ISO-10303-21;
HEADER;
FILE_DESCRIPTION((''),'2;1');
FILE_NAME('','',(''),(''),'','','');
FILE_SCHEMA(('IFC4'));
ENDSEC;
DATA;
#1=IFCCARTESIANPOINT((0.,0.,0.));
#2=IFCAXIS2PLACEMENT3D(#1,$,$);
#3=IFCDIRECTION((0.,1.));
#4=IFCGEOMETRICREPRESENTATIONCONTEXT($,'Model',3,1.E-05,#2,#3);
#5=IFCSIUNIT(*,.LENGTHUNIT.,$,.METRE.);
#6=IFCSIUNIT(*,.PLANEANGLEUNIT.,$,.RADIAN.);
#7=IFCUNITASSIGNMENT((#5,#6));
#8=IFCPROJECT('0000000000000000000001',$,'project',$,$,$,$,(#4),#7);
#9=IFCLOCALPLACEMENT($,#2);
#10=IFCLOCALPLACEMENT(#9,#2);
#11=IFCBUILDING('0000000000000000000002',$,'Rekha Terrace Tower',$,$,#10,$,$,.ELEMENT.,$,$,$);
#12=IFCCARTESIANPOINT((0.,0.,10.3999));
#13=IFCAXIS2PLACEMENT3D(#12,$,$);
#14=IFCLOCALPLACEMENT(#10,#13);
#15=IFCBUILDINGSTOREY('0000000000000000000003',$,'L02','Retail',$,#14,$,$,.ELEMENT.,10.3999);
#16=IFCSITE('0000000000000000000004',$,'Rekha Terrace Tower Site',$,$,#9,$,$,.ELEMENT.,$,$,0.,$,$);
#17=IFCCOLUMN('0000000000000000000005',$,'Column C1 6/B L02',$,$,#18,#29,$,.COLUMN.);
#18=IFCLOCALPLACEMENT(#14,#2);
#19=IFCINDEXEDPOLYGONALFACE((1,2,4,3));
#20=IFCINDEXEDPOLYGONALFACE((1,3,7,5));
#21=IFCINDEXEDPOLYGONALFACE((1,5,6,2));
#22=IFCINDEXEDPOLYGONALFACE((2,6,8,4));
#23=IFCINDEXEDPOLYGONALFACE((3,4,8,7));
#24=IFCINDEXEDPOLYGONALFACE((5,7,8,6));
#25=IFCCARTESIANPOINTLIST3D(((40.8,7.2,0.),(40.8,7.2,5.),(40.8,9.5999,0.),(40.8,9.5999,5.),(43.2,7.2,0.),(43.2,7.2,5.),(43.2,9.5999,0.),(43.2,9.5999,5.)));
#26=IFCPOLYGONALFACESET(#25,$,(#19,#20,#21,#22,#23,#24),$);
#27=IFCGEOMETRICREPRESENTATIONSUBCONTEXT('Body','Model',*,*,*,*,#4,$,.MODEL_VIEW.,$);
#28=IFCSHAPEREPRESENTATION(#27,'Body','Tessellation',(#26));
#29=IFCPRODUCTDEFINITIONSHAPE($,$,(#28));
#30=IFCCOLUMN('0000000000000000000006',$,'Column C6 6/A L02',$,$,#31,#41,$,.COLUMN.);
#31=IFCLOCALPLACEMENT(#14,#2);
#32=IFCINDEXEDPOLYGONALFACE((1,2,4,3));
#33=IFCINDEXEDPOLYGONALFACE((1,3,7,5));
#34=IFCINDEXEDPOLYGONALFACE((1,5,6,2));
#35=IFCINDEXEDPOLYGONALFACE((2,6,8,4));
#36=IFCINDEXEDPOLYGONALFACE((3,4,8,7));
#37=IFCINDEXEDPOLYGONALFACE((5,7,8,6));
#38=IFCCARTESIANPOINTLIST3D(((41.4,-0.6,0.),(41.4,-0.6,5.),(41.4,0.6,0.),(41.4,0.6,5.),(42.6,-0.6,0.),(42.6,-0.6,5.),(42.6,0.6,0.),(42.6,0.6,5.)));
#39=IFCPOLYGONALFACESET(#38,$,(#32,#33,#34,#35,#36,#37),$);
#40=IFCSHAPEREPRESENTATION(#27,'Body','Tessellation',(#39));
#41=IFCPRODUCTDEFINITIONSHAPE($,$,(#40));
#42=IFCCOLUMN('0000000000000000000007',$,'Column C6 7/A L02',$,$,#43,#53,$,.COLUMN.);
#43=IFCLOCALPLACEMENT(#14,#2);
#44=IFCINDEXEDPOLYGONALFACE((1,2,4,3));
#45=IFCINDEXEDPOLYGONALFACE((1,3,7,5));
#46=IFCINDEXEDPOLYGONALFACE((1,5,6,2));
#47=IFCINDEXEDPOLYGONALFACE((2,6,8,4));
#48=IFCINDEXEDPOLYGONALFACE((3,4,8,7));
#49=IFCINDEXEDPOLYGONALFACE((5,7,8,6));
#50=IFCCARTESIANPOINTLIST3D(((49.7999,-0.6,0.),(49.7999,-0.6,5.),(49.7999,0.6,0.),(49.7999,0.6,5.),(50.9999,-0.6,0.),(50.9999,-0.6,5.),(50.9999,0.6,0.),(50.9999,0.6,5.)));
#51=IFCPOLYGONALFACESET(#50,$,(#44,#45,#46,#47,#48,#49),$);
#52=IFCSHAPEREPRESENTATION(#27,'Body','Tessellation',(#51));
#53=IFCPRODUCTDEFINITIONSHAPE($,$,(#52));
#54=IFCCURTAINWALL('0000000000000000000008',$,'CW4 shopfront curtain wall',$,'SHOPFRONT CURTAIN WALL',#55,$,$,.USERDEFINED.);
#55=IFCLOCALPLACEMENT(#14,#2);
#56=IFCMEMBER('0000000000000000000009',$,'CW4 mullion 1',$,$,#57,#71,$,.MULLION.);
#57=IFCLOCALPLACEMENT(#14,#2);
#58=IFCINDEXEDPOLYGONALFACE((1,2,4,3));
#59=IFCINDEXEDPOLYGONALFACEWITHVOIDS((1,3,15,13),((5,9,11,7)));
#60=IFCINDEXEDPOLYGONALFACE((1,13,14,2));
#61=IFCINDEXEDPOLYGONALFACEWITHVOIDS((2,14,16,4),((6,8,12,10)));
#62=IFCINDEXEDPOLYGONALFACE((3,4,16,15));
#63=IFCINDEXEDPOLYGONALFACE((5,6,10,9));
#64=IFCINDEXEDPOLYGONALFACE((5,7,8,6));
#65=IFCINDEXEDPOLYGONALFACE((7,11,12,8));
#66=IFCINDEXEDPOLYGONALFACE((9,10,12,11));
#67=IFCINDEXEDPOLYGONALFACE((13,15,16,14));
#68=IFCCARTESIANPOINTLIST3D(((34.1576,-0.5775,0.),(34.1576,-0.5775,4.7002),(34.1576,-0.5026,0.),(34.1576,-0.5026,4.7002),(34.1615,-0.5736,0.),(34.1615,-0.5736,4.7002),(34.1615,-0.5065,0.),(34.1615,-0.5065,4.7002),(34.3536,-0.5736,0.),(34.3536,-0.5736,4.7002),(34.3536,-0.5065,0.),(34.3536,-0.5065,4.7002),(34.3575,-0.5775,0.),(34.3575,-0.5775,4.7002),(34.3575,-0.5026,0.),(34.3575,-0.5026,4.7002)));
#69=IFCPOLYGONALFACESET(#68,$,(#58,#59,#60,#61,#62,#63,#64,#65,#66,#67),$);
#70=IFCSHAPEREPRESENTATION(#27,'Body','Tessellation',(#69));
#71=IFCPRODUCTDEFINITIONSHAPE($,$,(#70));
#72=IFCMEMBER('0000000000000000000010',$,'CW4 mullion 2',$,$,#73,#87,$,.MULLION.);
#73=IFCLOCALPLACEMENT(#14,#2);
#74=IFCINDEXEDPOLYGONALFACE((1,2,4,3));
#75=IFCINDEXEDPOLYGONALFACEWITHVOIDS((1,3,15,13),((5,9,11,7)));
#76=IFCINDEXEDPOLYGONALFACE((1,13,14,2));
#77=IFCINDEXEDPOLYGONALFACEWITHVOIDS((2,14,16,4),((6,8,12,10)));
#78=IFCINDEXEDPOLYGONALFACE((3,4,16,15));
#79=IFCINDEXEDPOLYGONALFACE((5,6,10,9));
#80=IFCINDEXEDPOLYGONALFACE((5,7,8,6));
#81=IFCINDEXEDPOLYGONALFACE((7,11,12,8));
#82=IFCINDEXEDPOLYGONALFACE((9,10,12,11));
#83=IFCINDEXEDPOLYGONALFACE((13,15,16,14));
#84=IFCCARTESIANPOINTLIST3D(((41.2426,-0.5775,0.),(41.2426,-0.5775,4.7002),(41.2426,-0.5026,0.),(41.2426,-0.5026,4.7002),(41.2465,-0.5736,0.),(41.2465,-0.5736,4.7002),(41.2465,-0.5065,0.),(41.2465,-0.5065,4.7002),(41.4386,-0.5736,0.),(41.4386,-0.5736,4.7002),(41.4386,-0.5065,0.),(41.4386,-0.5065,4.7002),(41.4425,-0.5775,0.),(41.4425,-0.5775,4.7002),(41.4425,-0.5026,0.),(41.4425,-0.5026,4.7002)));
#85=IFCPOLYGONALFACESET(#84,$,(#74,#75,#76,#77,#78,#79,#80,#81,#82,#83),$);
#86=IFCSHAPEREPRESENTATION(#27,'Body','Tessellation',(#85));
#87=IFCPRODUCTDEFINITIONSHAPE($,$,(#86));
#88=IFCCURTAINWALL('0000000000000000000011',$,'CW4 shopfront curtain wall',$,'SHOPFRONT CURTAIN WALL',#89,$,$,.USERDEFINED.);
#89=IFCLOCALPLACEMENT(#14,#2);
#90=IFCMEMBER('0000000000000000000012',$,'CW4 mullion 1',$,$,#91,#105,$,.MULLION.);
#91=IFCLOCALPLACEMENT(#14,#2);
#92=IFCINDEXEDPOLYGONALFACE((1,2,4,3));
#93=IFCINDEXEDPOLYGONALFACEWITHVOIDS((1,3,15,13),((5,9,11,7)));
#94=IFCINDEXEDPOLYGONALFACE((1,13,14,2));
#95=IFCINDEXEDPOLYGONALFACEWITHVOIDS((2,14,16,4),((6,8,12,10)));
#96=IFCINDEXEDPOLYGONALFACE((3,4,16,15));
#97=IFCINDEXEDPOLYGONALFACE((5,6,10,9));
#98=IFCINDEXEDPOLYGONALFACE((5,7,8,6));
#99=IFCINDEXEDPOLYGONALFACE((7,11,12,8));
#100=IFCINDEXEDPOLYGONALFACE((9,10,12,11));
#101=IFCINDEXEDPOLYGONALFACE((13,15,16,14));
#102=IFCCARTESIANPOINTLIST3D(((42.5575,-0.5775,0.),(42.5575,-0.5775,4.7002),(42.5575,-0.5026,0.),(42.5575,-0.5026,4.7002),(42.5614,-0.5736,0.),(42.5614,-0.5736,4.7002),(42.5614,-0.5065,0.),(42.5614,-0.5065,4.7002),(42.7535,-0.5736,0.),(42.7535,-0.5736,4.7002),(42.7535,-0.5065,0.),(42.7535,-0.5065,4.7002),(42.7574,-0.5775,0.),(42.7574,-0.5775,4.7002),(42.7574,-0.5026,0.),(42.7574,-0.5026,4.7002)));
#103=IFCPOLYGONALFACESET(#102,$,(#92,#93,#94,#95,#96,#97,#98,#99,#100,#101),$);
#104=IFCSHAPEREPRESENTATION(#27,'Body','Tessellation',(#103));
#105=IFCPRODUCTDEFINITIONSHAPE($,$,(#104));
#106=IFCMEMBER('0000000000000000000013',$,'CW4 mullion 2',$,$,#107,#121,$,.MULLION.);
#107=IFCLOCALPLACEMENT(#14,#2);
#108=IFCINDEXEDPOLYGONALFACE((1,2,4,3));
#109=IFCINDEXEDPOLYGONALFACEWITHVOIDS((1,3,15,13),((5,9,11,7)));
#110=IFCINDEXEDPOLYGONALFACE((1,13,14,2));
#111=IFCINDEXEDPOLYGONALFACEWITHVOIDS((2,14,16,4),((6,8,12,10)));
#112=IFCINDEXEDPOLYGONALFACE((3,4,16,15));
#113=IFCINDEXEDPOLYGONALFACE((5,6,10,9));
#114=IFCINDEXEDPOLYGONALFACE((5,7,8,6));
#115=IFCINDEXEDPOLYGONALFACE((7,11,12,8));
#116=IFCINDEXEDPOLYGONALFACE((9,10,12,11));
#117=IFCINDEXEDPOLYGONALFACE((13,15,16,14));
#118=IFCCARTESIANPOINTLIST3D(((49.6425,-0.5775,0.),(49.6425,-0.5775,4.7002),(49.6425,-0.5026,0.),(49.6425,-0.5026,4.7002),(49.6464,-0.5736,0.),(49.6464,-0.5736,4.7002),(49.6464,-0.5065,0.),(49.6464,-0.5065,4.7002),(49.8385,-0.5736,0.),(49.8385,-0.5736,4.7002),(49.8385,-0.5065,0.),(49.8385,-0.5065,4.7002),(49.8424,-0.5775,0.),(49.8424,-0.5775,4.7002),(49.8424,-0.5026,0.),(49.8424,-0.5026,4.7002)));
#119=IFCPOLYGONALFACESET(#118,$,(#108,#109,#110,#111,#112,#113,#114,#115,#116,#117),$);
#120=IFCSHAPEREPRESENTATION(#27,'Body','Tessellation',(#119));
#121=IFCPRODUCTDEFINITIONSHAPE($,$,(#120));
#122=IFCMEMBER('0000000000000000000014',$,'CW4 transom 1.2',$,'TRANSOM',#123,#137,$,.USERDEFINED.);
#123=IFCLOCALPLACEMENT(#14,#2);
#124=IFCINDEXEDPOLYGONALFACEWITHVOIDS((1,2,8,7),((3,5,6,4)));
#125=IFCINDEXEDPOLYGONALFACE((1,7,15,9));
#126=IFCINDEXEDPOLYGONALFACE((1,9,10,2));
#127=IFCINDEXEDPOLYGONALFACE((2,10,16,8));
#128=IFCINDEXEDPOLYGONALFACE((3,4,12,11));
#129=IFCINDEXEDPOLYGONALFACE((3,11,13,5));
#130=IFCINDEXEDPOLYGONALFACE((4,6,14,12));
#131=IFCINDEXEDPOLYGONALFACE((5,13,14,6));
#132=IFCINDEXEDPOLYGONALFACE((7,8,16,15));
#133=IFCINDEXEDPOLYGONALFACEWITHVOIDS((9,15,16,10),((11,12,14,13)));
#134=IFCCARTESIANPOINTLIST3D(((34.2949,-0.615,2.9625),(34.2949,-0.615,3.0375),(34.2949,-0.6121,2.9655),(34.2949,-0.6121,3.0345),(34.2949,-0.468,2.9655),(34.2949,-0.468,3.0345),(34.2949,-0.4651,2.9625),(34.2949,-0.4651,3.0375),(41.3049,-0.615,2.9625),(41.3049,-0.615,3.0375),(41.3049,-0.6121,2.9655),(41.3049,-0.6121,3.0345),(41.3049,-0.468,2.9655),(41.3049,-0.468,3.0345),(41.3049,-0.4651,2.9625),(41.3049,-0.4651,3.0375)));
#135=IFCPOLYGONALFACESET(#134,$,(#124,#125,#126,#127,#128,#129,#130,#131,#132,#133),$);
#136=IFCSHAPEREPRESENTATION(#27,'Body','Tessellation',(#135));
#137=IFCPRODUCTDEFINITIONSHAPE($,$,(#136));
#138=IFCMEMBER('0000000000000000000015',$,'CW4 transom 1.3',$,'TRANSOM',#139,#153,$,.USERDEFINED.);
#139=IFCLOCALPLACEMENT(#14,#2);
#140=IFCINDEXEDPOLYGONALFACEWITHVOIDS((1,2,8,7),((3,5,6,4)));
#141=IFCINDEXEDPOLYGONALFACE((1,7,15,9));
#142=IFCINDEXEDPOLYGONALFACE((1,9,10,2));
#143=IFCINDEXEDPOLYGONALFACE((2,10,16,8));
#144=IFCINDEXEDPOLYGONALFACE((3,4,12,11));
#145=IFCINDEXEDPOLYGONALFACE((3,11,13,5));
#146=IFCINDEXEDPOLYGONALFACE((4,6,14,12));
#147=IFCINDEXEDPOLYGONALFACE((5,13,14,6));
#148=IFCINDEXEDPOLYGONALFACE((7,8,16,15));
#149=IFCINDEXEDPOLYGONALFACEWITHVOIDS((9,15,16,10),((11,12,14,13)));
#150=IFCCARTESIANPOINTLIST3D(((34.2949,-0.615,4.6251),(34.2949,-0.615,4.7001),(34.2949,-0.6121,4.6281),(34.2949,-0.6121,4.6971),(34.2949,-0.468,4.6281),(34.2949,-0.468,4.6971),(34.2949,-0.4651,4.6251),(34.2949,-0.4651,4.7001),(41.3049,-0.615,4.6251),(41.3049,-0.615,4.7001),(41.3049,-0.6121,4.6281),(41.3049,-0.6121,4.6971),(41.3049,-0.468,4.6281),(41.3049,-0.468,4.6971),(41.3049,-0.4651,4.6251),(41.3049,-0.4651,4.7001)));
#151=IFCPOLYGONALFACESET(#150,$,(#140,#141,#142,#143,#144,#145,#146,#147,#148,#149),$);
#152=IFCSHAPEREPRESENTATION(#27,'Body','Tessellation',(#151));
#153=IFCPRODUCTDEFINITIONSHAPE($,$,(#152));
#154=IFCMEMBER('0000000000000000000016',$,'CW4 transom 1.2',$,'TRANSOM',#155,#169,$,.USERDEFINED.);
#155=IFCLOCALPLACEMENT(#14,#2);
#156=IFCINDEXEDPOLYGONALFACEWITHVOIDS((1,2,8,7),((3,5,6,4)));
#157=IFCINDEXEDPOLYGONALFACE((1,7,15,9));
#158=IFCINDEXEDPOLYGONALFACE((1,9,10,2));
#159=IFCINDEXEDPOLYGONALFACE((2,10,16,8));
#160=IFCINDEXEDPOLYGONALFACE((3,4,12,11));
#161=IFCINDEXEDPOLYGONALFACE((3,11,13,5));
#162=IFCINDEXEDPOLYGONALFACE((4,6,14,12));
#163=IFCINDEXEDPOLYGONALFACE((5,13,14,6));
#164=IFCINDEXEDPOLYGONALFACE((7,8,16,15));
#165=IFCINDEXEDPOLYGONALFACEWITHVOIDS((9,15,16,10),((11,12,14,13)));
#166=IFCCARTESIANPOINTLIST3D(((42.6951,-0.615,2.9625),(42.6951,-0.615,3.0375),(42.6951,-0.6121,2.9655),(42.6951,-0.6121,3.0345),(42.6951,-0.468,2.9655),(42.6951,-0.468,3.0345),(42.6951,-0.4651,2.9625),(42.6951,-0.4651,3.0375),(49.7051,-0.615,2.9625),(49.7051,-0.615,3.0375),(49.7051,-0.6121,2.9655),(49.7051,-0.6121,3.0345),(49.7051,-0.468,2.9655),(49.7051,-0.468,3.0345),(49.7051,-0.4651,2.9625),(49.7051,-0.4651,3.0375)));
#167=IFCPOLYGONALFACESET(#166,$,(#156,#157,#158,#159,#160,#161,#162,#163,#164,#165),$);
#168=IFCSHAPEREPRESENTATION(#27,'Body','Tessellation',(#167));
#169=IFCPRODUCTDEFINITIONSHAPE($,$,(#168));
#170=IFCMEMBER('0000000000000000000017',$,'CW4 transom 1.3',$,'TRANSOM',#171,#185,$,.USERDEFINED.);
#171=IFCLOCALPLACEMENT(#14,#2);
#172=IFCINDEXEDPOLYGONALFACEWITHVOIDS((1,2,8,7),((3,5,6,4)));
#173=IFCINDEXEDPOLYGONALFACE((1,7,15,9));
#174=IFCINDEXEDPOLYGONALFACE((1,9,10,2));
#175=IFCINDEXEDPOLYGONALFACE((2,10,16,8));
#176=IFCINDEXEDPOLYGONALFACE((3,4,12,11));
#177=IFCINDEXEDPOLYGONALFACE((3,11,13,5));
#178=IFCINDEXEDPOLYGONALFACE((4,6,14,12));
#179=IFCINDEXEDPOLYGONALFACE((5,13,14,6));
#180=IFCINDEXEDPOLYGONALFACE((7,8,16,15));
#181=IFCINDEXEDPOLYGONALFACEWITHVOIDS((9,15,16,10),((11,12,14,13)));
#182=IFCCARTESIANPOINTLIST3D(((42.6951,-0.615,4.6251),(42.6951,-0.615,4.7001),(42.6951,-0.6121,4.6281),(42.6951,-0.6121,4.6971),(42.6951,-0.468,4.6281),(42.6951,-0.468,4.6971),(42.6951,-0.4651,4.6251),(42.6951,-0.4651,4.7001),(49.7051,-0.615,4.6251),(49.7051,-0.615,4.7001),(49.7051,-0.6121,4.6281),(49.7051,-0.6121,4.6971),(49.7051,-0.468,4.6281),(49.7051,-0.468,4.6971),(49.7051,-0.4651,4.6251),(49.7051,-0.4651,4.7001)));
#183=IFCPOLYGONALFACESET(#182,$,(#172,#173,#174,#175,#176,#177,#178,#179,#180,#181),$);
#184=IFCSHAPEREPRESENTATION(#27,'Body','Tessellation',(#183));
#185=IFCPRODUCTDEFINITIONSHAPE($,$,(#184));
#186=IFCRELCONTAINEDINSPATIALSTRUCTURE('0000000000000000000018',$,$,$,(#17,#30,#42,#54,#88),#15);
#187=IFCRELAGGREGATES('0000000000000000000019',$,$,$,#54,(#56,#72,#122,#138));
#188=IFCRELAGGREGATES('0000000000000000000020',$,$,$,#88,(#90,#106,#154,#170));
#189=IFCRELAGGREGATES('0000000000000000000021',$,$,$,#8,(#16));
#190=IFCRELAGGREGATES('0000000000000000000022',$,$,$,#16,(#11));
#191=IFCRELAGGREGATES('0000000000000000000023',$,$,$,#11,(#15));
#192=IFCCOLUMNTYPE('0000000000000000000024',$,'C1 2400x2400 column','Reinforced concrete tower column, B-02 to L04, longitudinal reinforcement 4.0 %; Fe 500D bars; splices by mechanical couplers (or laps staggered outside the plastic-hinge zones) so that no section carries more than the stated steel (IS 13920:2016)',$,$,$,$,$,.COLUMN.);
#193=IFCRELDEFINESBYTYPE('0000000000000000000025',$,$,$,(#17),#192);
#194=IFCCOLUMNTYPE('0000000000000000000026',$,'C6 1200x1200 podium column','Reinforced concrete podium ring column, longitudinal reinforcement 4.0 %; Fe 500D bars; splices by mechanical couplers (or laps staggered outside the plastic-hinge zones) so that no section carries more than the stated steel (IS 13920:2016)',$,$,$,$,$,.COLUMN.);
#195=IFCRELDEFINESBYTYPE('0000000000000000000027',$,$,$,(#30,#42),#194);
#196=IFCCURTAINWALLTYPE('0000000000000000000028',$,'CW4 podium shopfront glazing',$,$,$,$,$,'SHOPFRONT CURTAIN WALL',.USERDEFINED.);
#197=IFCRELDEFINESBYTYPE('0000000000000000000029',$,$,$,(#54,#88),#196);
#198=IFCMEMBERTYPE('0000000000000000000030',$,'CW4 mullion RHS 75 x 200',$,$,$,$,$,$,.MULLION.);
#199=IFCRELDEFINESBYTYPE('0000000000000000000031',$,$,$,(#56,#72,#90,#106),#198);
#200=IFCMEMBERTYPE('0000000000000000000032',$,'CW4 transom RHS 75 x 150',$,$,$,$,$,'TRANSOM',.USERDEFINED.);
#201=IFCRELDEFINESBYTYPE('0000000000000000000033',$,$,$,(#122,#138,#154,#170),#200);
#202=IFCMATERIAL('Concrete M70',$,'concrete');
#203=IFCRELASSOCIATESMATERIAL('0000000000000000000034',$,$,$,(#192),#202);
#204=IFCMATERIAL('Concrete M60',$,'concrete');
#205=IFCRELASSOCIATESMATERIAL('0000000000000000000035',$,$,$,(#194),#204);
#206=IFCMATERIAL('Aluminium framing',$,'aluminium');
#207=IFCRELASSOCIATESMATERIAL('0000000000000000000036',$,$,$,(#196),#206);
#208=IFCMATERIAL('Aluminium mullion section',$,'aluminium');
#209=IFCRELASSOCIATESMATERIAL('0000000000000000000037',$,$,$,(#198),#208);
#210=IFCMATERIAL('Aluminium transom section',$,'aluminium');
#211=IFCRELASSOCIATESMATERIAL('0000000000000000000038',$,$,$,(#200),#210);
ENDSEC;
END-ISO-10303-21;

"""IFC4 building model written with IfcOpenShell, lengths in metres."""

from ifc_helpers import new_model, si_unit, direction, frame, origin, origin_2d, place, context, subcontext, project, spatial, rectangle, hollow_rectangle, extrude, material, material_profile, profile_set, type_object, element, aggregate, save


model = new_model("IFC4")

# Units and contexts
model_context = context("Model", 3, precision=1e-05, world=origin(), true_north=direction((0.0, 1.0)))
body_context = subcontext(model_context, "Body", "Model", "MODEL_VIEW")
ifc_project = project(units=[si_unit("LENGTHUNIT", "METRE"), si_unit("PLANEANGLEUNIT", "RADIAN")], contexts=[model_context])

# Site, building, storey
site_placement = place(None, origin())
site = spatial("IfcSite", under=ifc_project, at=site_placement, Name="Rekha Terrace Tower Site", CompositionType="ELEMENT", RefElevation=0.0)
building_placement = place(site_placement, origin())
building = spatial("IfcBuilding", under=site, at=building_placement, Name="Rekha Terrace Tower", CompositionType="ELEMENT")
storey_placement = place(building_placement, frame((0.0, 0.0, 10.3999)))
storey = spatial("IfcBuildingStorey", under=building, at=storey_placement, Name="L02", Description="Retail", CompositionType="ELEMENT", Elevation=10.3999)

# Columns
ifc_material_1 = material(Name="Concrete M70", Category="concrete")
ifc_material_profile_1 = material_profile(ifc_material_1, rectangle(XDim=2.3999, YDim=2.3999, at=origin_2d()), Name="RC 2400x2400")
ifc_profile_set_1 = profile_set([ifc_material_profile_1], Name="Concrete M70")
column_type_1 = type_object("IfcColumnType", Name="C1 2400x2400 column", Description="Reinforced concrete tower column, B-02 to L04, longitudinal reinforcement 4.0 %; Fe 500D bars; splices by mechanical couplers (or laps staggered outside the plastic-hinge zones) so that no section carries more than the stated steel (IS 13920:2016)", PredefinedType="COLUMN", material=ifc_profile_set_1)
column_placement = place(storey_placement, frame((42.0, 8.3999, 0.0), z_axis=(0.0, 0.0, 1.0), x_axis=(1.0, 0.0, 0.0)))
element("IfcColumn", 1, at=column_placement, inside=storey, type_object=column_type_1, Name="Column C1 6/B L02", PredefinedType="COLUMN", context=body_context, shape_type="SweptSolid", body=[
    extrude(rectangle(XDim=2.3999, YDim=2.3999, at=origin_2d()), origin(), (0.0, 0.0, 1.0), 5.0),
])
ifc_material_2 = material(Name="Concrete M60", Category="concrete")
ifc_material_profile_2 = material_profile(ifc_material_2, rectangle(XDim=1.2, YDim=1.2, at=origin_2d()), Name="RC 1200x1200")
ifc_profile_set_2 = profile_set([ifc_material_profile_2], Name="Concrete M60")
column_type_2 = type_object("IfcColumnType", Name="C6 1200x1200 podium column", Description="Reinforced concrete podium ring column, longitudinal reinforcement 4.0 %; Fe 500D bars; splices by mechanical couplers (or laps staggered outside the plastic-hinge zones) so that no section carries more than the stated steel (IS 13920:2016)", PredefinedType="COLUMN", material=ifc_profile_set_2)
for number, where, z_axis, x_axis, name in (
    (2, (42.0, 0.0, 0.0), (0.0, 0.0, 1.0), (1.0, 0.0, 0.0), "Column C6 6/A L02"),
    (3, (50.3999, 0.0, 0.0), (0.0, 0.0, 1.0), (1.0, 0.0, 0.0), "Column C6 7/A L02"),
):
    element("IfcColumn", number, at=place(storey_placement, frame(where, z_axis=z_axis, x_axis=x_axis)), inside=storey, type_object=column_type_2, Name=name, PredefinedType="COLUMN", context=body_context, shape_type="SweptSolid", body=[
        extrude(rectangle(XDim=1.2, YDim=1.2, at=origin_2d()), origin(), (0.0, 0.0, 1.0), 5.0),
    ])

# Curtain walls, members
ifc_material_3 = material(Name="Aluminium framing", Category="aluminium")
curtain_wall_type = type_object("IfcCurtainWallType", Name="CW4 podium shopfront glazing", ElementType="SHOPFRONT CURTAIN WALL", PredefinedType="USERDEFINED", material=ifc_material_3)
curtain_wall_1_placement = place(storey_placement, origin())
curtain_wall_1 = element("IfcCurtainWall", 4, at=curtain_wall_1_placement, inside=storey, type_object=curtain_wall_type, Name="CW4 shopfront curtain wall", ObjectType="SHOPFRONT CURTAIN WALL", PredefinedType="USERDEFINED")
ifc_material_4 = material(Name="Aluminium mullion section", Category="aluminium")
ifc_material_profile_3 = material_profile(ifc_material_4, hollow_rectangle(XDim=0.075, YDim=0.2, WallThickness=0.0039, at=origin_2d()), Name="AL RHS 75x200")
ifc_profile_set_3 = profile_set([ifc_material_profile_3], Name="Aluminium mullion section")
member_type_1 = type_object("IfcMemberType", Name="CW4 mullion RHS 75 x 200", PredefinedType="MULLION", material=ifc_profile_set_3)
member_1_placement = place(storey_placement, frame((34.2576, -0.54, 0.0), z_axis=(0.0, 0.0, 1.0), x_axis=(0.0, 1.0, 0.0)))
member_1 = element("IfcMember", 5, at=member_1_placement, type_object=member_type_1, Name="CW4 mullion 1", PredefinedType="MULLION", context=body_context, shape_type="SweptSolid", body=[
    extrude(hollow_rectangle(XDim=0.075, YDim=0.2, WallThickness=0.0039, at=origin_2d()), origin(), (0.0, 0.0, 1.0), 4.7002),
])
member_2_placement = place(storey_placement, frame((41.3425, -0.54, 0.0), z_axis=(0.0, 0.0, 1.0), x_axis=(0.0, 1.0, 0.0)))
member_2 = element("IfcMember", 6, at=member_2_placement, type_object=member_type_1, Name="CW4 mullion 2", PredefinedType="MULLION", context=body_context, shape_type="SweptSolid", body=[
    extrude(hollow_rectangle(XDim=0.075, YDim=0.2, WallThickness=0.0039, at=origin_2d()), origin(), (0.0, 0.0, 1.0), 4.7002),
])
curtain_wall_2_placement = place(storey_placement, origin())
curtain_wall_2 = element("IfcCurtainWall", 7, at=curtain_wall_2_placement, inside=storey, type_object=curtain_wall_type, Name="CW4 shopfront curtain wall", ObjectType="SHOPFRONT CURTAIN WALL", PredefinedType="USERDEFINED")
member_3_placement = place(storey_placement, frame((42.6575, -0.54, 0.0), z_axis=(0.0, 0.0, 1.0), x_axis=(0.0, 1.0, 0.0)))
member_3 = element("IfcMember", 8, at=member_3_placement, type_object=member_type_1, Name="CW4 mullion 1", PredefinedType="MULLION", context=body_context, shape_type="SweptSolid", body=[
    extrude(hollow_rectangle(XDim=0.075, YDim=0.2, WallThickness=0.0039, at=origin_2d()), origin(), (0.0, 0.0, 1.0), 4.7002),
])
member_4_placement = place(storey_placement, frame((49.7424, -0.54, 0.0), z_axis=(0.0, 0.0, 1.0), x_axis=(0.0, 1.0, 0.0)))
member_4 = element("IfcMember", 9, at=member_4_placement, type_object=member_type_1, Name="CW4 mullion 2", PredefinedType="MULLION", context=body_context, shape_type="SweptSolid", body=[
    extrude(hollow_rectangle(XDim=0.075, YDim=0.2, WallThickness=0.0039, at=origin_2d()), origin(), (0.0, 0.0, 1.0), 4.7002),
])

# Members
ifc_material_5 = material(Name="Aluminium transom section", Category="aluminium")
ifc_material_profile_4 = material_profile(ifc_material_5, hollow_rectangle(XDim=0.1499, YDim=0.075, WallThickness=0.0029, at=origin_2d()), Name="AL RHS 150x75")
ifc_profile_set_4 = profile_set([ifc_material_profile_4], Name="Aluminium transom section")
member_type_2 = type_object("IfcMemberType", Name="CW4 transom RHS 75 x 150", ElementType="TRANSOM", PredefinedType="USERDEFINED", material=ifc_profile_set_4)
member_5_placement = place(storey_placement, frame((34.2949, -0.54, 3.0), z_axis=(1.0, 0.0, 0.0), x_axis=(0.0, 1.0, 0.0)))
member_5 = element("IfcMember", 10, at=member_5_placement, type_object=member_type_2, Name="CW4 transom 1.2", ObjectType="TRANSOM", PredefinedType="USERDEFINED", context=body_context, shape_type="SweptSolid", body=[
    extrude(hollow_rectangle(XDim=0.1499, YDim=0.075, WallThickness=0.0029, at=origin_2d()), origin(), (0.0, 0.0, 1.0), 7.01),
])
member_6_placement = place(storey_placement, frame((34.2949, -0.54, 4.6626), z_axis=(1.0, 0.0, 0.0), x_axis=(0.0, 1.0, 0.0)))
member_6 = element("IfcMember", 11, at=member_6_placement, type_object=member_type_2, Name="CW4 transom 1.3", ObjectType="TRANSOM", PredefinedType="USERDEFINED", context=body_context, shape_type="SweptSolid", body=[
    extrude(hollow_rectangle(XDim=0.1499, YDim=0.075, WallThickness=0.0029, at=origin_2d()), origin(), (0.0, 0.0, 1.0), 7.01),
])
member_7_placement = place(storey_placement, frame((42.6951, -0.54, 3.0), z_axis=(1.0, 0.0, 0.0), x_axis=(0.0, 1.0, 0.0)))
member_7 = element("IfcMember", 12, at=member_7_placement, type_object=member_type_2, Name="CW4 transom 1.2", ObjectType="TRANSOM", PredefinedType="USERDEFINED", context=body_context, shape_type="SweptSolid", body=[
    extrude(hollow_rectangle(XDim=0.1499, YDim=0.075, WallThickness=0.0029, at=origin_2d()), origin(), (0.0, 0.0, 1.0), 7.01),
])
member_8_placement = place(storey_placement, frame((42.6951, -0.54, 4.6626), z_axis=(1.0, 0.0, 0.0), x_axis=(0.0, 1.0, 0.0)))
member_8 = element("IfcMember", 13, at=member_8_placement, type_object=member_type_2, Name="CW4 transom 1.3", ObjectType="TRANSOM", PredefinedType="USERDEFINED", context=body_context, shape_type="SweptSolid", body=[
    extrude(hollow_rectangle(XDim=0.1499, YDim=0.075, WallThickness=0.0029, at=origin_2d()), origin(), (0.0, 0.0, 1.0), 7.01),
])

aggregate(curtain_wall_1, [member_1, member_2, member_5, member_6])
aggregate(curtain_wall_2, [member_3, member_4, member_7, member_8])

save(model, "model.ifc")
